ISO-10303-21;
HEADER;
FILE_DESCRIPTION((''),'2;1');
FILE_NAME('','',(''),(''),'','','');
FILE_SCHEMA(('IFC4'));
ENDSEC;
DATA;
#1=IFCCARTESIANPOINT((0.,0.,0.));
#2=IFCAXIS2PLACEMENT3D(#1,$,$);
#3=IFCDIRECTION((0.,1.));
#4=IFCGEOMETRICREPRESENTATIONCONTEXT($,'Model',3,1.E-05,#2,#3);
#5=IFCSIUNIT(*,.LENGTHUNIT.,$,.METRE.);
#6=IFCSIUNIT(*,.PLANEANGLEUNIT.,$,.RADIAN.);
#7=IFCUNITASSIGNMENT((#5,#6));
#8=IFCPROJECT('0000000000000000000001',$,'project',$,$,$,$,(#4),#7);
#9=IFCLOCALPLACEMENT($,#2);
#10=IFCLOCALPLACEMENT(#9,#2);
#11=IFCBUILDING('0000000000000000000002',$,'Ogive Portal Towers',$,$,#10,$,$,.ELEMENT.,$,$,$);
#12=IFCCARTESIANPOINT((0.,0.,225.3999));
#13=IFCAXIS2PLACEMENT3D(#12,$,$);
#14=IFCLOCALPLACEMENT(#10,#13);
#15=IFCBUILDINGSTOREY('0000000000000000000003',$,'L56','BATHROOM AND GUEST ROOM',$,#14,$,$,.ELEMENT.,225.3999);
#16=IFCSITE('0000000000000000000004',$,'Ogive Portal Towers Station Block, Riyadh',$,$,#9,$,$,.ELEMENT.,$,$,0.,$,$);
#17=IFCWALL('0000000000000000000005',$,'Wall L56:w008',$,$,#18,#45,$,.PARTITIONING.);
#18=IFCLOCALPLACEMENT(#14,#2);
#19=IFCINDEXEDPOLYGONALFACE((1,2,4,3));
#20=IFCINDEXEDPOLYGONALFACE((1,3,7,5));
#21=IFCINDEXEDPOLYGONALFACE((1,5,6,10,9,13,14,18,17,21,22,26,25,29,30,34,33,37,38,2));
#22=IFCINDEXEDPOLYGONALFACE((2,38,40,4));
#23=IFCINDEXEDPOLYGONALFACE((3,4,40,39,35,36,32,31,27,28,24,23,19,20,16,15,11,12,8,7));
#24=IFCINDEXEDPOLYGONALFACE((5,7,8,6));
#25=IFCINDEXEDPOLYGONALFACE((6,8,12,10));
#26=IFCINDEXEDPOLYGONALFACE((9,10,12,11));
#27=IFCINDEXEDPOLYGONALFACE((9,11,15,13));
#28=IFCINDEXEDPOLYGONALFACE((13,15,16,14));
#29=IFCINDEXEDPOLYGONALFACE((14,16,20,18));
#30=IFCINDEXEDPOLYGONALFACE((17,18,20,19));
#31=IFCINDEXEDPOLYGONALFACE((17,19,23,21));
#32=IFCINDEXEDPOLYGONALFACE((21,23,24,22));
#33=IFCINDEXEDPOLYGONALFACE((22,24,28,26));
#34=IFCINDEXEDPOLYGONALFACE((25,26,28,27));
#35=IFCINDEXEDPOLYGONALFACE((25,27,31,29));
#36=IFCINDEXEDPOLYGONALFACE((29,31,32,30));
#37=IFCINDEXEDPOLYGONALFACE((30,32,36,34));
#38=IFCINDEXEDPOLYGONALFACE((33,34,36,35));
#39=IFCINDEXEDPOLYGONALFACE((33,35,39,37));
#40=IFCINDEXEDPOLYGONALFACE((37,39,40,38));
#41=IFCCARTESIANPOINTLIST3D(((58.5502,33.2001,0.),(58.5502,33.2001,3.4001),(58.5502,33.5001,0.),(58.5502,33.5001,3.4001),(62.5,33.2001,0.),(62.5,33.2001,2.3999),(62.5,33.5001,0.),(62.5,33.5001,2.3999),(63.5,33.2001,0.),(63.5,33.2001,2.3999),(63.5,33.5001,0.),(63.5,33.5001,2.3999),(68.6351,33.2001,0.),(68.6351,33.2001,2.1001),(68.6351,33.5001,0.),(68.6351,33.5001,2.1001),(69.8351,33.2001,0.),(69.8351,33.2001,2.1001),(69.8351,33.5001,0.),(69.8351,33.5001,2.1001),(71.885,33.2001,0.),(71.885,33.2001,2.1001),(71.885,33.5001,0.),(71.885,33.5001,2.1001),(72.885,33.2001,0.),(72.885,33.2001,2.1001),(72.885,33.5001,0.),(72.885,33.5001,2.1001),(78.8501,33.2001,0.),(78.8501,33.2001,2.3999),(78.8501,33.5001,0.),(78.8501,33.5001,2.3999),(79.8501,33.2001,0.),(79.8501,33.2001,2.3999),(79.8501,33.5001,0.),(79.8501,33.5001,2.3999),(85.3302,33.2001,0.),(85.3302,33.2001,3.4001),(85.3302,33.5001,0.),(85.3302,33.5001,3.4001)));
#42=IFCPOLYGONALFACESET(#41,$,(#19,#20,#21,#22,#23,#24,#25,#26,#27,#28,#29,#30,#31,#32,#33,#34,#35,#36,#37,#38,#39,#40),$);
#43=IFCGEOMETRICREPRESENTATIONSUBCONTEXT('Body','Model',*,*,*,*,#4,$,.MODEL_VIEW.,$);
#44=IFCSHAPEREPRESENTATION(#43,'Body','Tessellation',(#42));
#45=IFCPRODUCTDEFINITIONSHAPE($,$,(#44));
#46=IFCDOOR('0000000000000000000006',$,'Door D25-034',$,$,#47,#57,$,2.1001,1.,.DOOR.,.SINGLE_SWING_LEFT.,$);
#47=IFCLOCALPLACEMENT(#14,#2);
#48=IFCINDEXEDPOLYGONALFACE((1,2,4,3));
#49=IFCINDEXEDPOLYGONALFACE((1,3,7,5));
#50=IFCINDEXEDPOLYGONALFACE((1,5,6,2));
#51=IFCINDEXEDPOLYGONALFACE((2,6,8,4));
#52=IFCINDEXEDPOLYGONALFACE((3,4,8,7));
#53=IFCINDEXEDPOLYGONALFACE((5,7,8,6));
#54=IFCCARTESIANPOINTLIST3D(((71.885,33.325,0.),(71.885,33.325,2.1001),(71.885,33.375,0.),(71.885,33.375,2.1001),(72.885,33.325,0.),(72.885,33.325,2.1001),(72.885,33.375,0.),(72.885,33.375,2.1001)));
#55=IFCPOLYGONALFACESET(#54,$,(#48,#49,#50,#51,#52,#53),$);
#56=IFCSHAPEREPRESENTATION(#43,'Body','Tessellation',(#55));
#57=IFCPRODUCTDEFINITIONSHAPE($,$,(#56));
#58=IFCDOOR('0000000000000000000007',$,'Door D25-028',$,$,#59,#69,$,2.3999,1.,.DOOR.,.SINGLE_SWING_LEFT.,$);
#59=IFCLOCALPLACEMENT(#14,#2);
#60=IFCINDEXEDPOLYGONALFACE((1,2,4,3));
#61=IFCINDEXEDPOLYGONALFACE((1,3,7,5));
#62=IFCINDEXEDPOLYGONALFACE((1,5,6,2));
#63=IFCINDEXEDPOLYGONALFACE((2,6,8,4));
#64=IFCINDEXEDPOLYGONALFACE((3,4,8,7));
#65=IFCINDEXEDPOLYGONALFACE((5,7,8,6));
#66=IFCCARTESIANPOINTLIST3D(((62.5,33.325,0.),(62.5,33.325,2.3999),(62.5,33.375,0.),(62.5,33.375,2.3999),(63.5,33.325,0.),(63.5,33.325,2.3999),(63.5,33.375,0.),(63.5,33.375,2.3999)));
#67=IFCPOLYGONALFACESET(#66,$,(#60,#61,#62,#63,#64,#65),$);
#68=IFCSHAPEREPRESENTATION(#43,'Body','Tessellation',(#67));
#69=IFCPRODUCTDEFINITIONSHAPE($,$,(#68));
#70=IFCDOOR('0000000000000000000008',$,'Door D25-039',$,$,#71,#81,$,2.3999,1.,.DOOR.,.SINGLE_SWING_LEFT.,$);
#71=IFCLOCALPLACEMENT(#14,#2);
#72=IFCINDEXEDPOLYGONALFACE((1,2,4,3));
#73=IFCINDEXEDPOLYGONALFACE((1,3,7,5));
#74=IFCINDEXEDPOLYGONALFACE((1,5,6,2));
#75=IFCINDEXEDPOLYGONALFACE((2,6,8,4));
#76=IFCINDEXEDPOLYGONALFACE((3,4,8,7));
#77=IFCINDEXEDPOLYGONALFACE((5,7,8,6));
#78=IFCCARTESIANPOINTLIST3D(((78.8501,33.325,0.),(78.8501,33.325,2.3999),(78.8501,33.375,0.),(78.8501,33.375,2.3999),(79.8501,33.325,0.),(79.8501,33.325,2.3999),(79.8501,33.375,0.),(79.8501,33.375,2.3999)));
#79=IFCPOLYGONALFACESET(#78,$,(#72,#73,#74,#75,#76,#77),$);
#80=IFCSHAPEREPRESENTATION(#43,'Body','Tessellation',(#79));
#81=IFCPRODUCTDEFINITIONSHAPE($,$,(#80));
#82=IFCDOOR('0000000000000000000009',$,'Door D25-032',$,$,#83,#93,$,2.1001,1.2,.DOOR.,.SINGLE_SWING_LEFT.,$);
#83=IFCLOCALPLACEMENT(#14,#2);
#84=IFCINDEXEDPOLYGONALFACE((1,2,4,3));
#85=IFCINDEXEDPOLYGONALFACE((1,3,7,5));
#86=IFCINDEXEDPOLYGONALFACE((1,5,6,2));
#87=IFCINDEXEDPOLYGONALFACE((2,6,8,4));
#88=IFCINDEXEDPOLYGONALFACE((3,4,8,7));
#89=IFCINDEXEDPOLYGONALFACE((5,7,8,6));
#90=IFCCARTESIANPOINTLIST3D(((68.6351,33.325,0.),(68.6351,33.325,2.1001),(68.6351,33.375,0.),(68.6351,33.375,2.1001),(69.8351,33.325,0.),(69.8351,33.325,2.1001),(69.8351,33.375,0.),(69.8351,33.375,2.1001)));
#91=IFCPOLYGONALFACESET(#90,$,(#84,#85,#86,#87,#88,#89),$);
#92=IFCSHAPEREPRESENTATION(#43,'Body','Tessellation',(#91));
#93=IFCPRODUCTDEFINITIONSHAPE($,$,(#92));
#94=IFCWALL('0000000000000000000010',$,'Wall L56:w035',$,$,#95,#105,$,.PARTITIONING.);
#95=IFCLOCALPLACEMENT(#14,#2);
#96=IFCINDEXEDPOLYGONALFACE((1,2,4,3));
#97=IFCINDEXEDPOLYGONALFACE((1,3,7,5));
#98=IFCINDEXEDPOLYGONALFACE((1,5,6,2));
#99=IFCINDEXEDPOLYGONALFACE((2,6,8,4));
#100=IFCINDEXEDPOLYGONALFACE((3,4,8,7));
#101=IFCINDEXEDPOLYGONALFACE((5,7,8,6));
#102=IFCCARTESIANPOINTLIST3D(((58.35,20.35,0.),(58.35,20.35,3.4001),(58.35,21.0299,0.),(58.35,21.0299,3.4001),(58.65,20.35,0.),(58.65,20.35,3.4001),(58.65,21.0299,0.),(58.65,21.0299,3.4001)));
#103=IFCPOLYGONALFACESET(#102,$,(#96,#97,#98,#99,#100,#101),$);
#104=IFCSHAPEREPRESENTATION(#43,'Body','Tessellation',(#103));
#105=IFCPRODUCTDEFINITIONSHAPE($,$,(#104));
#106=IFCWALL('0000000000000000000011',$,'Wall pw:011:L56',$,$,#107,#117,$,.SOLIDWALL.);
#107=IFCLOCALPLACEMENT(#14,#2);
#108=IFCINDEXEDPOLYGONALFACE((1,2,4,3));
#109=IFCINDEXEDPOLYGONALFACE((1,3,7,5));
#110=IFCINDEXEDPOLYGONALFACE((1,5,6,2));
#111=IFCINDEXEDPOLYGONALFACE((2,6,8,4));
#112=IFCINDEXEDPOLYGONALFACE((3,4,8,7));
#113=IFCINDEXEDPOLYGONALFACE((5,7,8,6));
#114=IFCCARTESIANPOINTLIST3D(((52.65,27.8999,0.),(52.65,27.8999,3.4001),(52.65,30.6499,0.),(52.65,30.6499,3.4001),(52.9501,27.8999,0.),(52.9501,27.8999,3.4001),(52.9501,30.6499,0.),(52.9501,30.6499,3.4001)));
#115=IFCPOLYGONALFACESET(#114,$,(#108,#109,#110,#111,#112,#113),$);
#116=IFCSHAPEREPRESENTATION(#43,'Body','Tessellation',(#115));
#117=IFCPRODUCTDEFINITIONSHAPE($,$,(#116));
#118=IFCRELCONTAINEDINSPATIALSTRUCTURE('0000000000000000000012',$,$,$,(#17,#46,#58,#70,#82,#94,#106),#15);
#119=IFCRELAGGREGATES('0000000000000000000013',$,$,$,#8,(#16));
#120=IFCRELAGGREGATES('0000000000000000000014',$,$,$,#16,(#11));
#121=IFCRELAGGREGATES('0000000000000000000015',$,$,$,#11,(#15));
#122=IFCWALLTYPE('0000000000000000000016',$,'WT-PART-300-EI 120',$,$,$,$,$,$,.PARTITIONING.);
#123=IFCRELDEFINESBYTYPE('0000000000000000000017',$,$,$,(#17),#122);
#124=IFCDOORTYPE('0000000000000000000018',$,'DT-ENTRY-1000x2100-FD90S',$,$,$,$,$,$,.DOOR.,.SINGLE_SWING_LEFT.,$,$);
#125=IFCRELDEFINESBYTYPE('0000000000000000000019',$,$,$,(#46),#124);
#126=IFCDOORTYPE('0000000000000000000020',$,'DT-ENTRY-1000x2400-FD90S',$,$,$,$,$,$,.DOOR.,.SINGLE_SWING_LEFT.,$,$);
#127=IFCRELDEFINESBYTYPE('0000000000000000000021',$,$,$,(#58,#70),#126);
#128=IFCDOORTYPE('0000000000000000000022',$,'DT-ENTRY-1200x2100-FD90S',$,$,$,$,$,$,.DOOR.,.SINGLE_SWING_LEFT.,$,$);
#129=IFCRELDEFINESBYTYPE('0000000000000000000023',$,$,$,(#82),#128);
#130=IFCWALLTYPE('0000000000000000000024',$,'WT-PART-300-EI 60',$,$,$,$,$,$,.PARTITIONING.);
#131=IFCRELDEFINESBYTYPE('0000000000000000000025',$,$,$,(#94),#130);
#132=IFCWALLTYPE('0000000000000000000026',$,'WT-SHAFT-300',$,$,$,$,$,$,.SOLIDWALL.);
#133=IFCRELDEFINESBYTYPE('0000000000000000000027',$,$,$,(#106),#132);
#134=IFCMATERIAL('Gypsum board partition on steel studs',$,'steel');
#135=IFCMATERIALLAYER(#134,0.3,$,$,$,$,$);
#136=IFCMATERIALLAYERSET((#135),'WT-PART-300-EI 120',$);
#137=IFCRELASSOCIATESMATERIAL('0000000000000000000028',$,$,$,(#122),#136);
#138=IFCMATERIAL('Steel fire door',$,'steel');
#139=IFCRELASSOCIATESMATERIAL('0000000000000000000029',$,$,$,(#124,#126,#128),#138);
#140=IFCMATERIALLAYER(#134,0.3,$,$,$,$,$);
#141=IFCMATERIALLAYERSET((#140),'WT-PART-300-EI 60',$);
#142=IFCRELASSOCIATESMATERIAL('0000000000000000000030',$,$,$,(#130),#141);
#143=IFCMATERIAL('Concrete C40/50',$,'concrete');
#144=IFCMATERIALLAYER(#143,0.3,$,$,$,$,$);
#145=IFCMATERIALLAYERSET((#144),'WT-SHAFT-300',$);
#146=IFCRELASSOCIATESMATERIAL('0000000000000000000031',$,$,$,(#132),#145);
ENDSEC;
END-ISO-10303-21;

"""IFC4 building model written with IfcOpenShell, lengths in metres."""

from ifc_helpers import new_model, si_unit, direction, frame, frame_2d, origin, place, context, subcontext, project, spatial, rectangle, extrude, material, layer, layer_set, type_object, element, fill, save


model = new_model("IFC4")

# Units and contexts
model_context = context("Model", 3, precision=1e-05, world=origin(), true_north=direction((0.0, 1.0)))
body_context = subcontext(model_context, "Body", "Model", "MODEL_VIEW")
ifc_project = project(units=[si_unit("LENGTHUNIT", "METRE"), si_unit("PLANEANGLEUNIT", "RADIAN")], contexts=[model_context])

# Site, building, storey
site_placement = place(None, origin())
site = spatial("IfcSite", under=ifc_project, at=site_placement, Name="Ogive Portal Towers Station Block, Riyadh", CompositionType="ELEMENT", RefElevation=0.0)
building_placement = place(site_placement, origin())
building = spatial("IfcBuilding", under=site, at=building_placement, Name="Ogive Portal Towers", CompositionType="ELEMENT")
storey_placement = place(building_placement, frame((0.0, 0.0, 225.3999)))
storey = spatial("IfcBuildingStorey", under=building, at=storey_placement, Name="L56", Description="BATHROOM AND GUEST ROOM", CompositionType="ELEMENT", Elevation=225.3999)

# Shared definitions
ifc_material_1 = material(Name="Steel fire door", Category="steel")
ifc_material_2 = material(Name="Gypsum board partition on steel studs", Category="steel")

# Wall, openings, doors
ifc_layer_1 = layer(ifc_material_2, 0.3)
ifc_layer_set_1 = layer_set([ifc_layer_1], Name="WT-PART-300-EI 120")
wall_type_1 = type_object("IfcWallType", Name="WT-PART-300-EI 120", PredefinedType="PARTITIONING", material=ifc_layer_set_1)
door_type_1 = type_object("IfcDoorType", Name="DT-ENTRY-1000x2100-FD90S", OperationType="SINGLE_SWING_LEFT", PredefinedType="DOOR", material=ifc_material_1)
door_type_2 = type_object("IfcDoorType", Name="DT-ENTRY-1000x2400-FD90S", OperationType="SINGLE_SWING_LEFT", PredefinedType="DOOR", material=ifc_material_1)
door_type_3 = type_object("IfcDoorType", Name="DT-ENTRY-1200x2100-FD90S", OperationType="SINGLE_SWING_LEFT", PredefinedType="DOOR", material=ifc_material_1)
wall_1_placement = place(storey_placement, frame((58.55, 33.3501, 0.0), z_axis=(0.0, 0.0, 1.0), x_axis=(1.0, 0.0, 0.0)))
wall_1 = element("IfcWall", 1, at=wall_1_placement, inside=storey, type_object=wall_type_1, Name="Wall L56:w008", PredefinedType="PARTITIONING", context=body_context, shape_type="SweptSolid", body=[
    extrude(rectangle(XDim=26.78, YDim=0.3, at=frame_2d((13.3901, 0.0))), origin(), (0.0, 0.0, 1.0), 3.4001),
])
opening_1_placement = place(wall_1_placement, frame((3.95, 0.0, 0.0)))
opening_1 = element("IfcOpeningElement", 2, at=opening_1_placement, cuts=wall_1, PredefinedType="OPENING", context=body_context, shape_type="SweptSolid", body=[
    extrude(rectangle(XDim=1.0, YDim=2.3999, at=frame_2d((0.5, 1.2))), frame((0.0, 0.1602, 0.0), z_axis=(0.0, -1.0, 0.0), x_axis=(1.0, 0.0, 0.0)), (0.0, 0.0, 1.0), 0.3201),
])
opening_2_placement = place(wall_1_placement, frame((10.085, 0.0, 0.0)))
opening_2 = element("IfcOpeningElement", 3, at=opening_2_placement, cuts=wall_1, PredefinedType="OPENING", context=body_context, shape_type="SweptSolid", body=[
    extrude(rectangle(XDim=1.2, YDim=2.1001, at=frame_2d((0.6001, 1.05))), frame((0.0, 0.1602, 0.0), z_axis=(0.0, -1.0, 0.0), x_axis=(1.0, 0.0, 0.0)), (0.0, 0.0, 1.0), 0.3201),
])
opening_3_placement = place(wall_1_placement, frame((13.335, 0.0, 0.0)))
opening_3 = element("IfcOpeningElement", 4, at=opening_3_placement, cuts=wall_1, PredefinedType="OPENING", context=body_context, shape_type="SweptSolid", body=[
    extrude(rectangle(XDim=1.0, YDim=2.1001, at=frame_2d((0.5, 1.05))), frame((0.0, 0.1602, 0.0), z_axis=(0.0, -1.0, 0.0), x_axis=(1.0, 0.0, 0.0)), (0.0, 0.0, 1.0), 0.3201),
])
opening_4_placement = place(wall_1_placement, frame((20.3, 0.0, 0.0)))
opening_4 = element("IfcOpeningElement", 5, at=opening_4_placement, cuts=wall_1, PredefinedType="OPENING", context=body_context, shape_type="SweptSolid", body=[
    extrude(rectangle(XDim=1.0, YDim=2.3999, at=frame_2d((0.5, 1.2))), frame((0.0, 0.1602, 0.0), z_axis=(0.0, -1.0, 0.0), x_axis=(1.0, 0.0, 0.0)), (0.0, 0.0, 1.0), 0.3201),
])
door_1_placement = place(opening_3_placement, origin())
door_1 = element("IfcDoor", 6, at=door_1_placement, inside=storey, type_object=door_type_1, Name="Door D25-034", OperationType="SINGLE_SWING_LEFT", OverallHeight=2.1001, OverallWidth=1.0, PredefinedType="DOOR", context=body_context, shape_type="SweptSolid", body=[
    extrude(rectangle(XDim=1.0, YDim=2.1001, at=frame_2d((0.5, 1.05))), frame((0.0, 0.0249, 0.0), z_axis=(0.0, -1.0, 0.0), x_axis=(1.0, 0.0, 0.0)), (0.0, 0.0, 1.0), 0.05),
])
fill(opening_3, door_1)
door_2_placement = place(opening_1_placement, origin())
door_2 = element("IfcDoor", 7, at=door_2_placement, inside=storey, type_object=door_type_2, Name="Door D25-028", OperationType="SINGLE_SWING_LEFT", OverallHeight=2.3999, OverallWidth=1.0, PredefinedType="DOOR", context=body_context, shape_type="SweptSolid", body=[
    extrude(rectangle(XDim=1.0, YDim=2.3999, at=frame_2d((0.5, 1.2))), frame((0.0, 0.0249, 0.0), z_axis=(0.0, -1.0, 0.0), x_axis=(1.0, 0.0, 0.0)), (0.0, 0.0, 1.0), 0.05),
])
fill(opening_1, door_2)
door_3_placement = place(opening_4_placement, origin())
door_3 = element("IfcDoor", 8, at=door_3_placement, inside=storey, type_object=door_type_2, Name="Door D25-039", OperationType="SINGLE_SWING_LEFT", OverallHeight=2.3999, OverallWidth=1.0, PredefinedType="DOOR", context=body_context, shape_type="SweptSolid", body=[
    extrude(rectangle(XDim=1.0, YDim=2.3999, at=frame_2d((0.5, 1.2))), frame((0.0, 0.0249, 0.0), z_axis=(0.0, -1.0, 0.0), x_axis=(1.0, 0.0, 0.0)), (0.0, 0.0, 1.0), 0.05),
])
fill(opening_4, door_3)
door_4_placement = place(opening_2_placement, origin())
door_4 = element("IfcDoor", 9, at=door_4_placement, inside=storey, type_object=door_type_3, Name="Door D25-032", OperationType="SINGLE_SWING_LEFT", OverallHeight=2.1001, OverallWidth=1.2, PredefinedType="DOOR", context=body_context, shape_type="SweptSolid", body=[
    extrude(rectangle(XDim=1.2, YDim=2.1001, at=frame_2d((0.6001, 1.05))), frame((0.0, 0.0249, 0.0), z_axis=(0.0, -1.0, 0.0), x_axis=(1.0, 0.0, 0.0)), (0.0, 0.0, 1.0), 0.05),
])
fill(opening_2, door_4)

# Walls
ifc_layer_2 = layer(ifc_material_2, 0.3)
ifc_layer_set_2 = layer_set([ifc_layer_2], Name="WT-PART-300-EI 60")
wall_type_2 = type_object("IfcWallType", Name="WT-PART-300-EI 60", PredefinedType="PARTITIONING", material=ifc_layer_set_2)
wall_2_placement = place(storey_placement, frame((58.5, 20.3501, 0.0), z_axis=(0.0, 0.0, 1.0), x_axis=(0.0, 1.0, 0.0)))
element("IfcWall", 10, at=wall_2_placement, inside=storey, type_object=wall_type_2, Name="Wall L56:w035", PredefinedType="PARTITIONING", context=body_context, shape_type="SweptSolid", body=[
    extrude(rectangle(XDim=0.6799, YDim=0.3, at=frame_2d((0.3398, 0.0))), origin(), (0.0, 0.0, 1.0), 3.4001),
])
ifc_material_3 = material(Name="Concrete C40/50", Category="concrete")
ifc_layer_3 = layer(ifc_material_3, 0.3)
ifc_layer_set_3 = layer_set([ifc_layer_3], Name="WT-SHAFT-300")
wall_type_3 = type_object("IfcWallType", Name="WT-SHAFT-300", PredefinedType="SOLIDWALL", material=ifc_layer_set_3)
wall_3_placement = place(storey_placement, frame((52.8, 27.8999, 0.0), z_axis=(0.0, 0.0, 1.0), x_axis=(0.0, 1.0, 0.0)))
element("IfcWall", 11, at=wall_3_placement, inside=storey, type_object=wall_type_3, Name="Wall pw:011:L56", PredefinedType="SOLIDWALL", context=body_context, shape_type="SweptSolid", body=[
    extrude(rectangle(XDim=2.75, YDim=0.3, at=frame_2d((1.375, 0.0))), origin(), (0.0, 0.0, 1.0), 3.4001),
])

save(model, "model.ifc")
